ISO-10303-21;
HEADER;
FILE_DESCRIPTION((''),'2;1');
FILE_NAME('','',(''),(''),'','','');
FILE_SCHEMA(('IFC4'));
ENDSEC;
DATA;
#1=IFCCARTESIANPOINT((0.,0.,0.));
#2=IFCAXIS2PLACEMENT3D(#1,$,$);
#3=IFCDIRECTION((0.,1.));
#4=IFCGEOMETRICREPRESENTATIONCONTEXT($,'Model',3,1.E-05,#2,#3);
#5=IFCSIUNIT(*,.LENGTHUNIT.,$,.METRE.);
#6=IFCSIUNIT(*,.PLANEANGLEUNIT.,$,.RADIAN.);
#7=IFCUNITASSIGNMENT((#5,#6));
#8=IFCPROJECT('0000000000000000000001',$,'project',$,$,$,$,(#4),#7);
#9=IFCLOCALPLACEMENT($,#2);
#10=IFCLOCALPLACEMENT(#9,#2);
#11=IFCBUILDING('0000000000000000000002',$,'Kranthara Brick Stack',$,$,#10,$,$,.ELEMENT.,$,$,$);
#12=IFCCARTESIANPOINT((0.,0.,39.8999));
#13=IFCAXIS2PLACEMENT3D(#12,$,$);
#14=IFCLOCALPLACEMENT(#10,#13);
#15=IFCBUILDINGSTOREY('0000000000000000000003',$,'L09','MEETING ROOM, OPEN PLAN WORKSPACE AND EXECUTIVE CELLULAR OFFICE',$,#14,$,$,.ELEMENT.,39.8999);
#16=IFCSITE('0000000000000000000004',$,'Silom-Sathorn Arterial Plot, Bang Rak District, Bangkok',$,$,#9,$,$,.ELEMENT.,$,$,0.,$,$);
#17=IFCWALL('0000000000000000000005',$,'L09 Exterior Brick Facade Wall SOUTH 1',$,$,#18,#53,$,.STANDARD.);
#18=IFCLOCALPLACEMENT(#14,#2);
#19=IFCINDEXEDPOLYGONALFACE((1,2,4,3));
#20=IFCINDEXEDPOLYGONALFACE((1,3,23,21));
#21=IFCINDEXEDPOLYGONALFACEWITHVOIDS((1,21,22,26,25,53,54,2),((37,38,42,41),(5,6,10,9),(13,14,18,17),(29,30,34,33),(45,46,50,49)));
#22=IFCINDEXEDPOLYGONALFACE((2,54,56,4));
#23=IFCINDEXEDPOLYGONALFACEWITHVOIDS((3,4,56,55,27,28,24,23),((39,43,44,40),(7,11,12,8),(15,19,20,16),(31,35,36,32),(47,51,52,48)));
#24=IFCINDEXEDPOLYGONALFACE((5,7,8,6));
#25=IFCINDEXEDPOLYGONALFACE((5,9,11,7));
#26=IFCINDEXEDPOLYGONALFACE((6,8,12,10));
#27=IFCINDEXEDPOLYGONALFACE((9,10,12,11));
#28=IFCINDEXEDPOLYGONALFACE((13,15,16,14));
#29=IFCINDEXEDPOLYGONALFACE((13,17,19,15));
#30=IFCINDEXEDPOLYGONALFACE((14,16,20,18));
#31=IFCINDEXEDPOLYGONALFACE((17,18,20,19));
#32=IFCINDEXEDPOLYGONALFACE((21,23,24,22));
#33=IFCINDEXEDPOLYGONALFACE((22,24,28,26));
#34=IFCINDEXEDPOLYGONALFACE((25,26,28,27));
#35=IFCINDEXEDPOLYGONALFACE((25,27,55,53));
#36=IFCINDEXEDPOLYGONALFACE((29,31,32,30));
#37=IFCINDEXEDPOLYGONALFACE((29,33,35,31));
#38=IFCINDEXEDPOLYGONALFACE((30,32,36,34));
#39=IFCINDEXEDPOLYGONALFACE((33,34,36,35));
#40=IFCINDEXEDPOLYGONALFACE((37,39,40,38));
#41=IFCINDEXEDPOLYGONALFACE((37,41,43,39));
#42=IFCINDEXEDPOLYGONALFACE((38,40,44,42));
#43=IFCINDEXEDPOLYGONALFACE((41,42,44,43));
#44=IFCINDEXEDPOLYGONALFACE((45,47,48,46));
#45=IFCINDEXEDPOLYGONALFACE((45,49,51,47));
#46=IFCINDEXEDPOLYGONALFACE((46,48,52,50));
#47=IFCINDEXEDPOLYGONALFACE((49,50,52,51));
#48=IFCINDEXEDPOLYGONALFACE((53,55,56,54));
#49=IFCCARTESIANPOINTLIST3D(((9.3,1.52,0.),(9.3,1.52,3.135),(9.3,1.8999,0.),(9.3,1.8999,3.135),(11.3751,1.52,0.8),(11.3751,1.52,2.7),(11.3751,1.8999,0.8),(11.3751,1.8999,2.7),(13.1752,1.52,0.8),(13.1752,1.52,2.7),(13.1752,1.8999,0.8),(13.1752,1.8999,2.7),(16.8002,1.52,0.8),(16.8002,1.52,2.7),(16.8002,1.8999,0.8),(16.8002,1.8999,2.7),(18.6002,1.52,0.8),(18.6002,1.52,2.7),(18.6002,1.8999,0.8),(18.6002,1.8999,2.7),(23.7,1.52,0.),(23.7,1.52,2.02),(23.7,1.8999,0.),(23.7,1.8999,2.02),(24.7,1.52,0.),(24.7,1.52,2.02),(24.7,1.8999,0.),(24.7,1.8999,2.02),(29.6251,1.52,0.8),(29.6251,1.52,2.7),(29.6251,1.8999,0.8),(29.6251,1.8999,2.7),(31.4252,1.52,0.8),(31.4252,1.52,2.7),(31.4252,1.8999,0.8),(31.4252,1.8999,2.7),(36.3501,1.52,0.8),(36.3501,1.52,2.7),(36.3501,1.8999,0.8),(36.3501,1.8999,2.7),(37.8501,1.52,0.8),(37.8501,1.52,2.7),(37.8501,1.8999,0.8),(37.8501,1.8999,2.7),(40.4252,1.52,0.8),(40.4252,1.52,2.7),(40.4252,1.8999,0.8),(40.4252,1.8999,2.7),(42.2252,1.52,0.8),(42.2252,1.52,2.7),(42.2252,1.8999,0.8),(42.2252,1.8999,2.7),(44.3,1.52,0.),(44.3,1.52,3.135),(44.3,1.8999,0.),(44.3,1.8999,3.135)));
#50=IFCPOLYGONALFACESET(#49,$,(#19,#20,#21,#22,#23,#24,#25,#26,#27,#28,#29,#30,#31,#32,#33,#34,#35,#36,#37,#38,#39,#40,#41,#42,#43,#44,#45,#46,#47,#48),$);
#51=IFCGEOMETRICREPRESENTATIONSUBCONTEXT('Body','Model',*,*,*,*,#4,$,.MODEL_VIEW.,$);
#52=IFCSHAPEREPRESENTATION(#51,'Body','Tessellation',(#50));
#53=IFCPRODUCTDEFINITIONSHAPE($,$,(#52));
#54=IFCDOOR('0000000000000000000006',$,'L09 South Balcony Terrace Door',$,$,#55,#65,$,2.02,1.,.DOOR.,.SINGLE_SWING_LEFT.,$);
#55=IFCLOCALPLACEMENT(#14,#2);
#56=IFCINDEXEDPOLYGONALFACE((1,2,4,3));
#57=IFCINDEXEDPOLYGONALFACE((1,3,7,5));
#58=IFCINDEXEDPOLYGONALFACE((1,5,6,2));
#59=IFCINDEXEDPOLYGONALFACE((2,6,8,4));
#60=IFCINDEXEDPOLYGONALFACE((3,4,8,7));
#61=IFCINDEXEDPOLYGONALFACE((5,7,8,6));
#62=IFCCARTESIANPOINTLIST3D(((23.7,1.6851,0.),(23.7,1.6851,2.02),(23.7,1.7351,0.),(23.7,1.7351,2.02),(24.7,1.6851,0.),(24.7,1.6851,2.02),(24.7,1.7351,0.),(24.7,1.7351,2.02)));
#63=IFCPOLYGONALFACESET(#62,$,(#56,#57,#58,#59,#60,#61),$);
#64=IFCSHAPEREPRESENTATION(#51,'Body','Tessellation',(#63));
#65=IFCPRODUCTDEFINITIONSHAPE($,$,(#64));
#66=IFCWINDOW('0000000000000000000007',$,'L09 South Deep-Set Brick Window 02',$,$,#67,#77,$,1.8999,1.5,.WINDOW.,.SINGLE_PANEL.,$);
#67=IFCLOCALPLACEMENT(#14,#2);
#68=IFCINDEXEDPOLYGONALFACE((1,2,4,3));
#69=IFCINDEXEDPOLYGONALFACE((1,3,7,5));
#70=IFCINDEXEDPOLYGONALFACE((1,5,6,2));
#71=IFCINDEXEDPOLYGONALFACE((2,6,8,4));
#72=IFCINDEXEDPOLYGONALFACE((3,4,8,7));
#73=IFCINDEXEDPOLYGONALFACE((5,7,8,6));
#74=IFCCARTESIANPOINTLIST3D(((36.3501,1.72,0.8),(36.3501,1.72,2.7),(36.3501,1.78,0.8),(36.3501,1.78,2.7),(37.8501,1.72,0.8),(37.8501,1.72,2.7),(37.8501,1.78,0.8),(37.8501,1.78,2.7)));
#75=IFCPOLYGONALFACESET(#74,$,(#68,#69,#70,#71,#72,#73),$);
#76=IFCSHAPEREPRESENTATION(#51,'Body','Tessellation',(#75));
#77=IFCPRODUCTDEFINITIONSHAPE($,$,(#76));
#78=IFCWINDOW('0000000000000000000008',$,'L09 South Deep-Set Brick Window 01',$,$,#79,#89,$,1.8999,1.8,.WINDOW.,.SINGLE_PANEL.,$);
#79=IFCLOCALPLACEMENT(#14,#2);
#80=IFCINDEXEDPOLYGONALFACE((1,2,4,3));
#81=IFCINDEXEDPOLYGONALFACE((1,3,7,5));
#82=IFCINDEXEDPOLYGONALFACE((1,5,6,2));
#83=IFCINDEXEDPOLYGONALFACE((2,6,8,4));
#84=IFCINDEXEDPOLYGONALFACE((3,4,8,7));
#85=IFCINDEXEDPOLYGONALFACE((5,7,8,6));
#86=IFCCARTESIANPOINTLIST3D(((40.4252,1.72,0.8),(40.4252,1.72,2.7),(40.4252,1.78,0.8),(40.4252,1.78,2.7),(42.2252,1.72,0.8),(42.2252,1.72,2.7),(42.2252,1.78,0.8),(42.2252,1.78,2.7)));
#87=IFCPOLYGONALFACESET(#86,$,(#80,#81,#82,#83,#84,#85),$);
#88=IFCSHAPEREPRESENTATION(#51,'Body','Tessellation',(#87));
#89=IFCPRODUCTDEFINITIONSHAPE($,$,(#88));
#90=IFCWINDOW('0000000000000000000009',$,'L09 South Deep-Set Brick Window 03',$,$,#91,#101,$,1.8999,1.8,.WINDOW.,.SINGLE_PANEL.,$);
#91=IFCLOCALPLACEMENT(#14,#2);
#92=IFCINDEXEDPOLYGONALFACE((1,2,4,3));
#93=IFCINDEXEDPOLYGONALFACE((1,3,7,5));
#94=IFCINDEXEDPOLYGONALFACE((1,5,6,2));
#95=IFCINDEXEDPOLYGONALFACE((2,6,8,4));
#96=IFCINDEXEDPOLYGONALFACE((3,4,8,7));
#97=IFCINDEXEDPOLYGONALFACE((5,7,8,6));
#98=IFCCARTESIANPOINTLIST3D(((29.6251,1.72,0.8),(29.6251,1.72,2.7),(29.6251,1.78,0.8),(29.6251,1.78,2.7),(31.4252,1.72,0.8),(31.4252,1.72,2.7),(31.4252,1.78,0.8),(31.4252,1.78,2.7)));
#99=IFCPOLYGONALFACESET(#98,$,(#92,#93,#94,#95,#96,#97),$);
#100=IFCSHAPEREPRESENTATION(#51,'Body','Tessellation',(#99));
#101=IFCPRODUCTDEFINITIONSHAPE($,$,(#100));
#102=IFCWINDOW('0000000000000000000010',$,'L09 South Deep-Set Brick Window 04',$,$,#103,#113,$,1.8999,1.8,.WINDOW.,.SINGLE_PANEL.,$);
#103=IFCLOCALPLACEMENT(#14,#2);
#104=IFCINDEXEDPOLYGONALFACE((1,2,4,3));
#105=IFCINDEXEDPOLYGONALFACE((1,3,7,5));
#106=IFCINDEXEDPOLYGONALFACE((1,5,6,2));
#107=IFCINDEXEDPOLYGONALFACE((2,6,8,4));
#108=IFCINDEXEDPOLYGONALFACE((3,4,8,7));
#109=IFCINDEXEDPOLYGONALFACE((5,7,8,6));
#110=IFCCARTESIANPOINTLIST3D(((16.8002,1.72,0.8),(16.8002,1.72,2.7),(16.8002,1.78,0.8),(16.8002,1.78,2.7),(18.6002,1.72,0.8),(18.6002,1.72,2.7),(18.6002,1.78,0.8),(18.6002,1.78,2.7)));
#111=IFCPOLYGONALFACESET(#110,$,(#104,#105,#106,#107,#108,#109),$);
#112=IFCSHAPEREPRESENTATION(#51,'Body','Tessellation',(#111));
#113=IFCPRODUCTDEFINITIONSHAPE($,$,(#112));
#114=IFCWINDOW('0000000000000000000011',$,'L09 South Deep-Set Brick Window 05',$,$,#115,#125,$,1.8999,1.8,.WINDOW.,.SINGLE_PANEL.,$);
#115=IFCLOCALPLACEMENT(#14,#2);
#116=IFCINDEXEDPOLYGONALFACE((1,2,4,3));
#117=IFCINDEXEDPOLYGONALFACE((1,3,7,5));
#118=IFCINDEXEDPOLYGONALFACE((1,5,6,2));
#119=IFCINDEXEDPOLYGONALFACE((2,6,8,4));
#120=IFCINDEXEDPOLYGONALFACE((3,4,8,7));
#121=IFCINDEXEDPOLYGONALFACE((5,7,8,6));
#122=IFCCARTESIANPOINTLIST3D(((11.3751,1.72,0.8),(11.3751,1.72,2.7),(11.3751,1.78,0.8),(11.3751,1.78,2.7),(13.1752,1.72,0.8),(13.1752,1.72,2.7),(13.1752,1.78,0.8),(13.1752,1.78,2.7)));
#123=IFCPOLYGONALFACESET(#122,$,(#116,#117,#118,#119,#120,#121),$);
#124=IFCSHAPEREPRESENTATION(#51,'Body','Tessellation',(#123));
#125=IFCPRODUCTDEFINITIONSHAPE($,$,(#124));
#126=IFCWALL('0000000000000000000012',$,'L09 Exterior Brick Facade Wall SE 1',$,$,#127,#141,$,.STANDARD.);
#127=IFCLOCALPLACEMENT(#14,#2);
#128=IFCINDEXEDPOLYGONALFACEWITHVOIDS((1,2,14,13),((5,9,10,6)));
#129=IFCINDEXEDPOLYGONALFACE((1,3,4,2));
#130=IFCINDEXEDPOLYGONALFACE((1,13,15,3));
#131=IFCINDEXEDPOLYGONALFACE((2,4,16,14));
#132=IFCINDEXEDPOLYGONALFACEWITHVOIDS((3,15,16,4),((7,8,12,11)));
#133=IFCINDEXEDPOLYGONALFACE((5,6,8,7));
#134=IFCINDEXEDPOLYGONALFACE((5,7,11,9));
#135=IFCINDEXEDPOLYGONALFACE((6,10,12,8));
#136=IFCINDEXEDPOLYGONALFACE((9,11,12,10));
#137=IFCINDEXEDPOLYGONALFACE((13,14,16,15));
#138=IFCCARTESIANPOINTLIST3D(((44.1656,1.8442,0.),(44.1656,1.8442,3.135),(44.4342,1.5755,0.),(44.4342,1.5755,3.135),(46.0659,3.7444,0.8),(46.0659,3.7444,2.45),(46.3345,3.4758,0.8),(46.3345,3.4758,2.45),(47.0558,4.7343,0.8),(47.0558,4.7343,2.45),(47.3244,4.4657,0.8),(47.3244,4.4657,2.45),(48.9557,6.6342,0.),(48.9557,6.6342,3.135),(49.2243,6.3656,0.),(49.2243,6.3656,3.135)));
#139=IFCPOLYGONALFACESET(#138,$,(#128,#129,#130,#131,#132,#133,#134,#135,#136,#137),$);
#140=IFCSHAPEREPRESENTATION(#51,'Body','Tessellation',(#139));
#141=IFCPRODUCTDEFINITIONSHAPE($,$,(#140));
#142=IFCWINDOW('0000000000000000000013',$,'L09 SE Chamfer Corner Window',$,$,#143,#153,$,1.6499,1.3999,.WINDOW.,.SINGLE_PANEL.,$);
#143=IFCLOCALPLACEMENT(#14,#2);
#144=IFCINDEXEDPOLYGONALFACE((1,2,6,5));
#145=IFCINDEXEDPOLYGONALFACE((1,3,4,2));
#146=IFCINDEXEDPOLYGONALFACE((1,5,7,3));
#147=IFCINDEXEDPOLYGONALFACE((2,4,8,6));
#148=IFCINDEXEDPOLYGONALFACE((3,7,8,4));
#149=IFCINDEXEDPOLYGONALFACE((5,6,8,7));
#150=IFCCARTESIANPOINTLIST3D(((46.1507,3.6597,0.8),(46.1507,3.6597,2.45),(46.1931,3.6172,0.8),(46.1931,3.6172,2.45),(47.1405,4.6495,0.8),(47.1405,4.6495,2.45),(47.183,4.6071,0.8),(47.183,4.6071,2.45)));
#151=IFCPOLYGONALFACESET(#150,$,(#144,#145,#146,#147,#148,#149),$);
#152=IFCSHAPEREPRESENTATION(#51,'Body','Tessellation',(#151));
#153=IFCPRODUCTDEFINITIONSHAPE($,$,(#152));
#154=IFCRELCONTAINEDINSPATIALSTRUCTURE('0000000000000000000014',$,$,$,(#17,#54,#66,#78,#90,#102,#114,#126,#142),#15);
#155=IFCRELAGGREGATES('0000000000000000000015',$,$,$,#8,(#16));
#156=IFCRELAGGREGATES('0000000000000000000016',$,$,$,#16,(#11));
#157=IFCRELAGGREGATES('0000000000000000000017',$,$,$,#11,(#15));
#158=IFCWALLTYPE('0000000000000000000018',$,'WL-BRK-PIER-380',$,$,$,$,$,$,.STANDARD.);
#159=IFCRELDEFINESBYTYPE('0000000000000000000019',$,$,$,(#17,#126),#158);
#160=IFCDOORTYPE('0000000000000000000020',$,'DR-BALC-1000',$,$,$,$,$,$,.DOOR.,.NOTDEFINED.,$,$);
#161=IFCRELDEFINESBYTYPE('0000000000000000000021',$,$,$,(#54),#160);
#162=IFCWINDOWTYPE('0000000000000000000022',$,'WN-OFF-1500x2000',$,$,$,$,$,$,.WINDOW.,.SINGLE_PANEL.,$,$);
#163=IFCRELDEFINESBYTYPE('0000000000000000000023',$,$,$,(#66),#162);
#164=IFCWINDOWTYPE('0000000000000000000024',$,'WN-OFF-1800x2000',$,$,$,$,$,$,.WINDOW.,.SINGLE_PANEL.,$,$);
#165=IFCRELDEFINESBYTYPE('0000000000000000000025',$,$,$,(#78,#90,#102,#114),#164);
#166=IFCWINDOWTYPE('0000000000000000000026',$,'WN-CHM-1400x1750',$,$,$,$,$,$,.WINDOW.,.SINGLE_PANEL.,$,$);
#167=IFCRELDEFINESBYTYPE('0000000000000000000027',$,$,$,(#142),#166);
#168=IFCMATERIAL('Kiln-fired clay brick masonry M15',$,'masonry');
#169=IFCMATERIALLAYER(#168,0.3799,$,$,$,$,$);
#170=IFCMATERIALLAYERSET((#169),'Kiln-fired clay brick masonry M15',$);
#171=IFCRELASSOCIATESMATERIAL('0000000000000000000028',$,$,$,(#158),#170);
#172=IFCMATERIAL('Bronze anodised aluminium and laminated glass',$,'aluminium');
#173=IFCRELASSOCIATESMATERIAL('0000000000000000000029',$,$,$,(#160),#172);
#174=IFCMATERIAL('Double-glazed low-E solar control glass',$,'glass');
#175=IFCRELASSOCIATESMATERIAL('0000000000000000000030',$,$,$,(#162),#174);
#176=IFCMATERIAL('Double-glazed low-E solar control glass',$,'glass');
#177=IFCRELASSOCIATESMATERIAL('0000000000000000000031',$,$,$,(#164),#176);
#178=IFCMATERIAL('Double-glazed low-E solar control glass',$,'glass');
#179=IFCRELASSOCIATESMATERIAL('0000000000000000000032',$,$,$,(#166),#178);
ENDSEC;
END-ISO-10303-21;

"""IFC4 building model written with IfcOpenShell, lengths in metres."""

from ifc_helpers import new_model, si_unit, direction, frame, frame_2d, origin, place, context, subcontext, project, spatial, rectangle, extrude, material, layer, layer_set, type_object, element, fill, save


model = new_model("IFC4")

# Units and contexts
model_context = context("Model", 3, precision=1e-05, world=origin(), true_north=direction((0.0, 1.0)))
body_context = subcontext(model_context, "Body", "Model", "MODEL_VIEW")
ifc_project = project(units=[si_unit("LENGTHUNIT", "METRE"), si_unit("PLANEANGLEUNIT", "RADIAN")], contexts=[model_context])

# Site, building, storey
site_placement = place(None, origin())
site = spatial("IfcSite", under=ifc_project, at=site_placement, Name="Silom-Sathorn Arterial Plot, Bang Rak District, Bangkok", CompositionType="ELEMENT", RefElevation=0.0)
building_placement = place(site_placement, origin())
building = spatial("IfcBuilding", under=site, at=building_placement, Name="Kranthara Brick Stack", CompositionType="ELEMENT")
storey_placement = place(building_placement, frame((0.0, 0.0, 39.8999)))
storey = spatial("IfcBuildingStorey", under=building, at=storey_placement, Name="L09", Description="MEETING ROOM, OPEN PLAN WORKSPACE AND EXECUTIVE CELLULAR OFFICE", CompositionType="ELEMENT", Elevation=39.8999)

# Wall, openings, door, windows
ifc_material_1 = material(Name="Kiln-fired clay brick masonry M15", Category="masonry")
ifc_layer_1 = layer(ifc_material_1, 0.3799)
ifc_layer_set_1 = layer_set([ifc_layer_1], Name="Kiln-fired clay brick masonry M15")
wall_type_1 = type_object("IfcWallType", Name="WL-BRK-PIER-380", PredefinedType="STANDARD", material=ifc_layer_set_1)
wall_1_placement = place(storey_placement, frame((44.3, 1.71, 0.0), z_axis=(0.0, 0.0, 1.0), x_axis=(-1.0, 0.0, 0.0)))
wall_1 = element("IfcWall", 1, at=wall_1_placement, inside=storey, type_object=wall_type_1, Name="L09 Exterior Brick Facade Wall SOUTH 1", PredefinedType="STANDARD", context=body_context, shape_type="SweptSolid", body=[
    extrude(rectangle(XDim=35.0, YDim=0.3799, at=frame_2d((17.5, 0.0))), origin(), (0.0, 0.0, 1.0), 3.135),
])
opening_1_placement = place(wall_1_placement, frame((19.6001, 0.0, 0.0)))
opening_1 = element("IfcOpeningElement", 2, at=opening_1_placement, cuts=wall_1, PredefinedType="OPENING", context=body_context, shape_type="SweptSolid", body=[
    extrude(rectangle(XDim=1.0, YDim=2.02, at=frame_2d((0.5, 1.01))), frame((0.0, 0.2, 0.0), z_axis=(0.0, -1.0, 0.0), x_axis=(1.0, 0.0, 0.0)), (0.0, 0.0, 1.0), 0.3999),
])
opening_2_placement = place(wall_1_placement, frame((2.075, 0.0, 0.8)))
opening_2 = element("IfcOpeningElement", 3, at=opening_2_placement, cuts=wall_1, PredefinedType="OPENING", context=body_context, shape_type="SweptSolid", body=[
    extrude(rectangle(XDim=1.8, YDim=1.8999, at=frame_2d((0.8999, 0.95))), frame((0.0, 0.2, 0.0), z_axis=(0.0, -1.0, 0.0), x_axis=(1.0, 0.0, 0.0)), (0.0, 0.0, 1.0), 0.3999),
])
opening_3_placement = place(wall_1_placement, frame((6.45, 0.0, 0.8)))
opening_3 = element("IfcOpeningElement", 4, at=opening_3_placement, cuts=wall_1, PredefinedType="OPENING", context=body_context, shape_type="SweptSolid", body=[
    extrude(rectangle(XDim=1.5, YDim=1.8999, at=frame_2d((0.75, 0.95))), frame((0.0, 0.2, 0.0), z_axis=(0.0, -1.0, 0.0), x_axis=(1.0, 0.0, 0.0)), (0.0, 0.0, 1.0), 0.3999),
])
opening_4_placement = place(wall_1_placement, frame((12.875, 0.0, 0.8)))
opening_4 = element("IfcOpeningElement", 5, at=opening_4_placement, cuts=wall_1, PredefinedType="OPENING", context=body_context, shape_type="SweptSolid", body=[
    extrude(rectangle(XDim=1.8, YDim=1.8999, at=frame_2d((0.8999, 0.95))), frame((0.0, 0.2, 0.0), z_axis=(0.0, -1.0, 0.0), x_axis=(1.0, 0.0, 0.0)), (0.0, 0.0, 1.0), 0.3999),
])
opening_5_placement = place(wall_1_placement, frame((25.7, 0.0, 0.8)))
opening_5 = element("IfcOpeningElement", 6, at=opening_5_placement, cuts=wall_1, PredefinedType="OPENING", context=body_context, shape_type="SweptSolid", body=[
    extrude(rectangle(XDim=1.8, YDim=1.8999, at=frame_2d((0.8999, 0.95))), frame((0.0, 0.2, 0.0), z_axis=(0.0, -1.0, 0.0), x_axis=(1.0, 0.0, 0.0)), (0.0, 0.0, 1.0), 0.3999),
])
opening_6_placement = place(wall_1_placement, frame((31.125, 0.0, 0.8)))
opening_6 = element("IfcOpeningElement", 7, at=opening_6_placement, cuts=wall_1, PredefinedType="OPENING", context=body_context, shape_type="SweptSolid", body=[
    extrude(rectangle(XDim=1.8, YDim=1.8999, at=frame_2d((0.8999, 0.95))), frame((0.0, 0.2, 0.0), z_axis=(0.0, -1.0, 0.0), x_axis=(1.0, 0.0, 0.0)), (0.0, 0.0, 1.0), 0.3999),
])
ifc_material_2 = material(Name="Bronze anodised aluminium and laminated glass", Category="aluminium")
door_type = type_object("IfcDoorType", Name="DR-BALC-1000", OperationType="NOTDEFINED", PredefinedType="DOOR", material=ifc_material_2)
door_placement = place(opening_1_placement, origin())
door = element("IfcDoor", 8, at=door_placement, inside=storey, type_object=door_type, Name="L09 South Balcony Terrace Door", OperationType="SINGLE_SWING_LEFT", OverallHeight=2.02, OverallWidth=1.0, PredefinedType="DOOR", context=body_context, shape_type="SweptSolid", body=[
    extrude(rectangle(XDim=1.0, YDim=2.02, at=frame_2d((0.5, 1.01))), frame((0.0, 0.0249, 0.0), z_axis=(0.0, -1.0, 0.0), x_axis=(1.0, 0.0, 0.0)), (0.0, 0.0, 1.0), 0.05),
])
fill(opening_1, door)
ifc_material_3 = material(Name="Double-glazed low-E solar control glass", Category="glass")
window_type_1 = type_object("IfcWindowType", Name="WN-OFF-1500x2000", PartitioningType="SINGLE_PANEL", PredefinedType="WINDOW", material=ifc_material_3)
window_1_placement = place(opening_3_placement, origin())
window_1 = element("IfcWindow", 9, at=window_1_placement, inside=storey, type_object=window_type_1, Name="L09 South Deep-Set Brick Window 02", OverallHeight=1.8999, OverallWidth=1.5, PartitioningType="SINGLE_PANEL", PredefinedType="WINDOW", context=body_context, shape_type="SweptSolid", body=[
    extrude(rectangle(XDim=1.5, YDim=1.8999, at=frame_2d((0.75, 0.95))), frame((0.0, -0.01, 0.0), z_axis=(0.0, -1.0, 0.0), x_axis=(1.0, 0.0, 0.0)), (0.0, 0.0, 1.0), 0.0601),
])
fill(opening_3, window_1)
ifc_material_4 = material(Name="Double-glazed low-E solar control glass", Category="glass")
window_type_2 = type_object("IfcWindowType", Name="WN-OFF-1800x2000", PartitioningType="SINGLE_PANEL", PredefinedType="WINDOW", material=ifc_material_4)
window_2_placement = place(opening_2_placement, origin())
window_2 = element("IfcWindow", 10, at=window_2_placement, inside=storey, type_object=window_type_2, Name="L09 South Deep-Set Brick Window 01", OverallHeight=1.8999, OverallWidth=1.8, PartitioningType="SINGLE_PANEL", PredefinedType="WINDOW", context=body_context, shape_type="SweptSolid", body=[
    extrude(rectangle(XDim=1.8, YDim=1.8999, at=frame_2d((0.8999, 0.95))), frame((0.0, -0.01, 0.0), z_axis=(0.0, -1.0, 0.0), x_axis=(1.0, 0.0, 0.0)), (0.0, 0.0, 1.0), 0.0601),
])
fill(opening_2, window_2)
window_3_placement = place(opening_4_placement, origin())
window_3 = element("IfcWindow", 11, at=window_3_placement, inside=storey, type_object=window_type_2, Name="L09 South Deep-Set Brick Window 03", OverallHeight=1.8999, OverallWidth=1.8, PartitioningType="SINGLE_PANEL", PredefinedType="WINDOW", context=body_context, shape_type="SweptSolid", body=[
    extrude(rectangle(XDim=1.8, YDim=1.8999, at=frame_2d((0.8999, 0.95))), frame((0.0, -0.01, 0.0), z_axis=(0.0, -1.0, 0.0), x_axis=(1.0, 0.0, 0.0)), (0.0, 0.0, 1.0), 0.0601),
])
fill(opening_4, window_3)
window_4_placement = place(opening_5_placement, origin())
window_4 = element("IfcWindow", 12, at=window_4_placement, inside=storey, type_object=window_type_2, Name="L09 South Deep-Set Brick Window 04", OverallHeight=1.8999, OverallWidth=1.8, PartitioningType="SINGLE_PANEL", PredefinedType="WINDOW", context=body_context, shape_type="SweptSolid", body=[
    extrude(rectangle(XDim=1.8, YDim=1.8999, at=frame_2d((0.8999, 0.95))), frame((0.0, -0.01, 0.0), z_axis=(0.0, -1.0, 0.0), x_axis=(1.0, 0.0, 0.0)), (0.0, 0.0, 1.0), 0.0601),
])
fill(opening_5, window_4)
window_5_placement = place(opening_6_placement, origin())
window_5 = element("IfcWindow", 13, at=window_5_placement, inside=storey, type_object=window_type_2, Name="L09 South Deep-Set Brick Window 05", OverallHeight=1.8999, OverallWidth=1.8, PartitioningType="SINGLE_PANEL", PredefinedType="WINDOW", context=body_context, shape_type="SweptSolid", body=[
    extrude(rectangle(XDim=1.8, YDim=1.8999, at=frame_2d((0.8999, 0.95))), frame((0.0, -0.01, 0.0), z_axis=(0.0, -1.0, 0.0), x_axis=(1.0, 0.0, 0.0)), (0.0, 0.0, 1.0), 0.0601),
])
fill(opening_6, window_5)

# Wall, opening, window
wall_2_placement = place(storey_placement, frame((49.0901, 6.5, 0.0), z_axis=(0.0, 0.0, 1.0), x_axis=(-0.707107, -0.707107, 0.0)))
wall_2 = element("IfcWall", 14, at=wall_2_placement, inside=storey, type_object=wall_type_1, Name="L09 Exterior Brick Facade Wall SE 1", PredefinedType="STANDARD", context=body_context, shape_type="SweptSolid", body=[
    extrude(rectangle(XDim=6.7742, YDim=0.3799, at=frame_2d((3.3872, 0.0))), origin(), (0.0, 0.0, 1.0), 3.135),
])
opening_7_placement = place(wall_2_placement, frame((2.687, 0.0, 0.8)))
opening_7 = element("IfcOpeningElement", 15, at=opening_7_placement, cuts=wall_2, PredefinedType="OPENING", context=body_context, shape_type="SweptSolid", body=[
    extrude(rectangle(XDim=1.3999, YDim=1.6499, at=frame_2d((0.7, 0.825))), frame((0.0, 0.2, 0.0), z_axis=(0.0, -1.0, 0.0), x_axis=(1.0, 0.0, 0.0)), (0.0, 0.0, 1.0), 0.3999),
])
ifc_material_5 = material(Name="Double-glazed low-E solar control glass", Category="glass")
window_type_3 = type_object("IfcWindowType", Name="WN-CHM-1400x1750", PartitioningType="SINGLE_PANEL", PredefinedType="WINDOW", material=ifc_material_5)
window_6_placement = place(opening_7_placement, origin())
window_6 = element("IfcWindow", 16, at=window_6_placement, inside=storey, type_object=window_type_3, Name="L09 SE Chamfer Corner Window", OverallHeight=1.6499, OverallWidth=1.3999, PartitioningType="SINGLE_PANEL", PredefinedType="WINDOW", context=body_context, shape_type="SweptSolid", body=[
    extrude(rectangle(XDim=1.3999, YDim=1.6499, at=frame_2d((0.7, 0.825))), frame((0.0, -0.01, 0.0), z_axis=(0.0, -1.0, 0.0), x_axis=(1.0, 0.0, 0.0)), (0.0, 0.0, 1.0), 0.0601),
])
fill(opening_7, window_6)

save(model, "model.ifc")
